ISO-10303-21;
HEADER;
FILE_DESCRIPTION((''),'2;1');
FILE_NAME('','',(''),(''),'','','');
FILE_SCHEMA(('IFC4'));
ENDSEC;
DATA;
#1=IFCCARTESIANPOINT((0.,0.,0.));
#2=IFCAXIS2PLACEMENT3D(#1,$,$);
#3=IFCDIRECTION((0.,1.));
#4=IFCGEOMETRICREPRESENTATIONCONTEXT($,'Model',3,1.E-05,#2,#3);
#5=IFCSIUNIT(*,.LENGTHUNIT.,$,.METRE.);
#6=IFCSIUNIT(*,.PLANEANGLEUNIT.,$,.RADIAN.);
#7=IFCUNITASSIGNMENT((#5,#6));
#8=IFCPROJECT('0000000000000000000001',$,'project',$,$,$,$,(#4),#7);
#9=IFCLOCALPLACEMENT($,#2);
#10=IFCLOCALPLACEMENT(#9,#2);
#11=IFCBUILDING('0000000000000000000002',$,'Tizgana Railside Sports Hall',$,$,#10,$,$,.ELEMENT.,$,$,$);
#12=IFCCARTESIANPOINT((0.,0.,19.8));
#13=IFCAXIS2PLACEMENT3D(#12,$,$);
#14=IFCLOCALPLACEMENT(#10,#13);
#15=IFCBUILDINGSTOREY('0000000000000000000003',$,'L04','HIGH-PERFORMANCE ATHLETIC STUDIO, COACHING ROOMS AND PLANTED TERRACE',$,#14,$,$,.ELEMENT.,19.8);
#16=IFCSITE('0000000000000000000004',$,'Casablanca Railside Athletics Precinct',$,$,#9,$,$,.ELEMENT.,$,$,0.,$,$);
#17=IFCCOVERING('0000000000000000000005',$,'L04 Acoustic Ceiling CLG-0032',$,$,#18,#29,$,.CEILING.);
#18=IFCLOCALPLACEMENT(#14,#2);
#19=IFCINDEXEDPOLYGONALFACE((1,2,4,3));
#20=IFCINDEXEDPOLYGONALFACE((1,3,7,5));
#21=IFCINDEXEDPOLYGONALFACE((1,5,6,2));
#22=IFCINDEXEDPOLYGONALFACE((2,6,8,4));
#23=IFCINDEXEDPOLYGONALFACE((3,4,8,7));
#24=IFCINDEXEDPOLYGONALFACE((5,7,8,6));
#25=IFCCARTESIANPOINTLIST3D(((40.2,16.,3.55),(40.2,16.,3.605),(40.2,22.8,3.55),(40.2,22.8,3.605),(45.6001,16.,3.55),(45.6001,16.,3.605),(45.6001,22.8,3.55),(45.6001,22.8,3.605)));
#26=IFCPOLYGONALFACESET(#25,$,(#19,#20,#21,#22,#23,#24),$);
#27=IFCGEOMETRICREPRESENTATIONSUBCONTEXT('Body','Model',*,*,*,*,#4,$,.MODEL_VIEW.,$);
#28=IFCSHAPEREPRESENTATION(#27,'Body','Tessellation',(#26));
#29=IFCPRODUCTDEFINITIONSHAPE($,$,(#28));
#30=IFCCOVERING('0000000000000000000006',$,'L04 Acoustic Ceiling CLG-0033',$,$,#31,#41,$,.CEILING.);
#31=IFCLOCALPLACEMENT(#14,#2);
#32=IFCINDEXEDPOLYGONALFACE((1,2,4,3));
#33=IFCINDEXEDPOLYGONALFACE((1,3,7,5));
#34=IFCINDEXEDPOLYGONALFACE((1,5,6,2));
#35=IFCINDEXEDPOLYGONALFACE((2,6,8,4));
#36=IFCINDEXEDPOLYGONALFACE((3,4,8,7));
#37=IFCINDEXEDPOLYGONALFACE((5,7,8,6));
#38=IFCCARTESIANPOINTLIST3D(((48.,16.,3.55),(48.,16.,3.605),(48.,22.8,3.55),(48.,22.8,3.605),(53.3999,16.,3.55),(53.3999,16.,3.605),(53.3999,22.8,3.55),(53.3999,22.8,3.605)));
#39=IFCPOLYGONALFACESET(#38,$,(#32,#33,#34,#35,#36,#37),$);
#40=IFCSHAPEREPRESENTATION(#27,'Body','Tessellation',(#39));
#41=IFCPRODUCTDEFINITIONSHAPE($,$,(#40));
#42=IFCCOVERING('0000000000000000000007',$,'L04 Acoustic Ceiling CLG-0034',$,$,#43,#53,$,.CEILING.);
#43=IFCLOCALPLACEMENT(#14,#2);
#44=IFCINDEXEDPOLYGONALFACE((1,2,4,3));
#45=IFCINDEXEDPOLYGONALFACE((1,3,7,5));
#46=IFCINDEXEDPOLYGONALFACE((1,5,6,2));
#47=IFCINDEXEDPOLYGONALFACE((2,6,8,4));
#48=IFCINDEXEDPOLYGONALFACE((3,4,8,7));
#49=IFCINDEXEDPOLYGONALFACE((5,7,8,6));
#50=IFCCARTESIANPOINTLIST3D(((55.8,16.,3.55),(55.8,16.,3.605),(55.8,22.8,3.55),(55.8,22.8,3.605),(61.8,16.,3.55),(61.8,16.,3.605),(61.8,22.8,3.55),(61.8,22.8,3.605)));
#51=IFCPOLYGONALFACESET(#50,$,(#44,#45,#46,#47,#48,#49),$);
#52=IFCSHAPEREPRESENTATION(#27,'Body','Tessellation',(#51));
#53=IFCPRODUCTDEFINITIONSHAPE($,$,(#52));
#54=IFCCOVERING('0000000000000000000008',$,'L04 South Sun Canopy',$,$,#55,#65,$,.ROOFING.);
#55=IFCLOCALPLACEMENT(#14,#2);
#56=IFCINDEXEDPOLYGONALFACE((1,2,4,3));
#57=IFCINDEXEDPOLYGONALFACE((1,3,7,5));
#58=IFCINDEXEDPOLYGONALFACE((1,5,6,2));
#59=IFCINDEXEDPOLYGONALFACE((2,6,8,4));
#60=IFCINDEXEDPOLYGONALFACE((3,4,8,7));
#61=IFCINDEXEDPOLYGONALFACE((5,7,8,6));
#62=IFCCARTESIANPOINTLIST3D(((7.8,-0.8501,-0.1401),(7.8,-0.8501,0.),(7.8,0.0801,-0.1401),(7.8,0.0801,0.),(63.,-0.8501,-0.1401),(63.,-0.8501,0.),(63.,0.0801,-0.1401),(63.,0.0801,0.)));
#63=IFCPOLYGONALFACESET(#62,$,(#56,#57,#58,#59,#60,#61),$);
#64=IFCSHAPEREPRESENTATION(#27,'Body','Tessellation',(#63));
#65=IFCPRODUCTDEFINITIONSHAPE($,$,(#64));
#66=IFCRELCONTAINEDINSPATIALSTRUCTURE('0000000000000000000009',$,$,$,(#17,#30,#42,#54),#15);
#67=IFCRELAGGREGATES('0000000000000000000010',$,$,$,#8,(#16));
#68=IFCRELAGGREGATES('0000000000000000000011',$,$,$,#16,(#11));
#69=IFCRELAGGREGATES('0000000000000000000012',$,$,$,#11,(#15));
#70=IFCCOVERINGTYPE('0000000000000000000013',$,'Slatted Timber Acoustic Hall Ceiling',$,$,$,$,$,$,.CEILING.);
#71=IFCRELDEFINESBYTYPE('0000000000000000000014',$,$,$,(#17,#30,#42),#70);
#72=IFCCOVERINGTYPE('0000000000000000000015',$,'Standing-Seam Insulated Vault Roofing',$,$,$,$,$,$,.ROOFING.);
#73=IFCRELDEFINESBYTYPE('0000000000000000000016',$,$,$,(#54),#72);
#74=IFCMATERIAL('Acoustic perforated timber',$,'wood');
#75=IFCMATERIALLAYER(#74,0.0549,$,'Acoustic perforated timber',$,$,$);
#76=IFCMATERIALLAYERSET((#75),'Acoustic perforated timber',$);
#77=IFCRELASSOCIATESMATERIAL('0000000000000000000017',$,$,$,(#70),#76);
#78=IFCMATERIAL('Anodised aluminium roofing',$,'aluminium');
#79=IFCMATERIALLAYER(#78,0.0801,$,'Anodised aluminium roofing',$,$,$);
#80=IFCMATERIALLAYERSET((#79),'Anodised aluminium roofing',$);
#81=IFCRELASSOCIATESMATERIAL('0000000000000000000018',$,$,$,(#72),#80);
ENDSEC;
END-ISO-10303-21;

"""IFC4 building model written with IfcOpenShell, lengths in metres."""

from ifc_helpers import new_model, si_unit, direction, frame, origin, place, context, subcontext, project, spatial, polyline, outline, extrude, material, layer, layer_set, type_object, element, save


model = new_model("IFC4")

# Units and contexts
model_context = context("Model", 3, precision=1e-05, world=origin(), true_north=direction((0.0, 1.0)))
body_context = subcontext(model_context, "Body", "Model", "MODEL_VIEW")
ifc_project = project(units=[si_unit("LENGTHUNIT", "METRE"), si_unit("PLANEANGLEUNIT", "RADIAN")], contexts=[model_context])

# Site, building, storey
site_placement = place(None, origin())
site = spatial("IfcSite", under=ifc_project, at=site_placement, Name="Casablanca Railside Athletics Precinct", CompositionType="ELEMENT", RefElevation=0.0)
building_placement = place(site_placement, origin())
building = spatial("IfcBuilding", under=site, at=building_placement, Name="Tizgana Railside Sports Hall", CompositionType="ELEMENT")
storey_placement = place(building_placement, frame((0.0, 0.0, 19.8)))
storey = spatial("IfcBuildingStorey", under=building, at=storey_placement, Name="L04", Description="HIGH-PERFORMANCE ATHLETIC STUDIO, COACHING ROOMS AND PLANTED TERRACE", CompositionType="ELEMENT", Elevation=19.8)

# Coverings
ifc_material_1 = material(Name="Acoustic perforated timber", Category="wood")
ifc_layer_1 = layer(ifc_material_1, 0.0549, Name="Acoustic perforated timber")
ifc_layer_set_1 = layer_set([ifc_layer_1], Name="Acoustic perforated timber")
covering_type_1 = type_object("IfcCoveringType", Name="Slatted Timber Acoustic Hall Ceiling", PredefinedType="CEILING", material=ifc_layer_set_1)
covering_1_placement = place(storey_placement, frame((0.0, 0.0, 3.55)))
element("IfcCovering", 1, at=covering_1_placement, inside=storey, type_object=covering_type_1, Name="L04 Acoustic Ceiling CLG-0032", PredefinedType="CEILING", context=body_context, shape_type="SweptSolid", body=[
    extrude(outline(polyline([(40.2, 16.0), (45.6001, 16.0), (45.6001, 22.8), (40.2, 22.8), (40.2, 16.0)])), origin(), (0.0, 0.0, 1.0), 0.0549),
])
covering_2_placement = place(storey_placement, frame((0.0, 0.0, 3.55)))
element("IfcCovering", 2, at=covering_2_placement, inside=storey, type_object=covering_type_1, Name="L04 Acoustic Ceiling CLG-0033", PredefinedType="CEILING", context=body_context, shape_type="SweptSolid", body=[
    extrude(outline(polyline([(48.0, 16.0), (53.3999, 16.0), (53.3999, 22.8), (48.0, 22.8), (48.0, 16.0)])), origin(), (0.0, 0.0, 1.0), 0.0549),
])
covering_3_placement = place(storey_placement, frame((0.0, 0.0, 3.55)))
element("IfcCovering", 3, at=covering_3_placement, inside=storey, type_object=covering_type_1, Name="L04 Acoustic Ceiling CLG-0034", PredefinedType="CEILING", context=body_context, shape_type="SweptSolid", body=[
    extrude(outline(polyline([(55.8, 16.0), (61.8, 16.0), (61.8, 22.8), (55.8, 22.8), (55.8, 16.0)])), origin(), (0.0, 0.0, 1.0), 0.0549),
])
ifc_material_2 = material(Name="Anodised aluminium roofing", Category="aluminium")
ifc_layer_2 = layer(ifc_material_2, 0.0801, Name="Anodised aluminium roofing")
ifc_layer_set_2 = layer_set([ifc_layer_2], Name="Anodised aluminium roofing")
covering_type_2 = type_object("IfcCoveringType", Name="Standing-Seam Insulated Vault Roofing", PredefinedType="ROOFING", material=ifc_layer_set_2)
covering_4_placement = place(storey_placement, frame((0.0, 0.0, -0.1401)))
element("IfcCovering", 4, at=covering_4_placement, inside=storey, type_object=covering_type_2, Name="L04 South Sun Canopy", PredefinedType="ROOFING", context=body_context, shape_type="SweptSolid", body=[
    extrude(outline(polyline([(7.8, -0.8501), (63.0, -0.8501), (63.0, 0.0801), (7.8, 0.0801), (7.8, -0.8501)])), origin(), (0.0, 0.0, 1.0), 0.1401),
])

save(model, "model.ifc")
